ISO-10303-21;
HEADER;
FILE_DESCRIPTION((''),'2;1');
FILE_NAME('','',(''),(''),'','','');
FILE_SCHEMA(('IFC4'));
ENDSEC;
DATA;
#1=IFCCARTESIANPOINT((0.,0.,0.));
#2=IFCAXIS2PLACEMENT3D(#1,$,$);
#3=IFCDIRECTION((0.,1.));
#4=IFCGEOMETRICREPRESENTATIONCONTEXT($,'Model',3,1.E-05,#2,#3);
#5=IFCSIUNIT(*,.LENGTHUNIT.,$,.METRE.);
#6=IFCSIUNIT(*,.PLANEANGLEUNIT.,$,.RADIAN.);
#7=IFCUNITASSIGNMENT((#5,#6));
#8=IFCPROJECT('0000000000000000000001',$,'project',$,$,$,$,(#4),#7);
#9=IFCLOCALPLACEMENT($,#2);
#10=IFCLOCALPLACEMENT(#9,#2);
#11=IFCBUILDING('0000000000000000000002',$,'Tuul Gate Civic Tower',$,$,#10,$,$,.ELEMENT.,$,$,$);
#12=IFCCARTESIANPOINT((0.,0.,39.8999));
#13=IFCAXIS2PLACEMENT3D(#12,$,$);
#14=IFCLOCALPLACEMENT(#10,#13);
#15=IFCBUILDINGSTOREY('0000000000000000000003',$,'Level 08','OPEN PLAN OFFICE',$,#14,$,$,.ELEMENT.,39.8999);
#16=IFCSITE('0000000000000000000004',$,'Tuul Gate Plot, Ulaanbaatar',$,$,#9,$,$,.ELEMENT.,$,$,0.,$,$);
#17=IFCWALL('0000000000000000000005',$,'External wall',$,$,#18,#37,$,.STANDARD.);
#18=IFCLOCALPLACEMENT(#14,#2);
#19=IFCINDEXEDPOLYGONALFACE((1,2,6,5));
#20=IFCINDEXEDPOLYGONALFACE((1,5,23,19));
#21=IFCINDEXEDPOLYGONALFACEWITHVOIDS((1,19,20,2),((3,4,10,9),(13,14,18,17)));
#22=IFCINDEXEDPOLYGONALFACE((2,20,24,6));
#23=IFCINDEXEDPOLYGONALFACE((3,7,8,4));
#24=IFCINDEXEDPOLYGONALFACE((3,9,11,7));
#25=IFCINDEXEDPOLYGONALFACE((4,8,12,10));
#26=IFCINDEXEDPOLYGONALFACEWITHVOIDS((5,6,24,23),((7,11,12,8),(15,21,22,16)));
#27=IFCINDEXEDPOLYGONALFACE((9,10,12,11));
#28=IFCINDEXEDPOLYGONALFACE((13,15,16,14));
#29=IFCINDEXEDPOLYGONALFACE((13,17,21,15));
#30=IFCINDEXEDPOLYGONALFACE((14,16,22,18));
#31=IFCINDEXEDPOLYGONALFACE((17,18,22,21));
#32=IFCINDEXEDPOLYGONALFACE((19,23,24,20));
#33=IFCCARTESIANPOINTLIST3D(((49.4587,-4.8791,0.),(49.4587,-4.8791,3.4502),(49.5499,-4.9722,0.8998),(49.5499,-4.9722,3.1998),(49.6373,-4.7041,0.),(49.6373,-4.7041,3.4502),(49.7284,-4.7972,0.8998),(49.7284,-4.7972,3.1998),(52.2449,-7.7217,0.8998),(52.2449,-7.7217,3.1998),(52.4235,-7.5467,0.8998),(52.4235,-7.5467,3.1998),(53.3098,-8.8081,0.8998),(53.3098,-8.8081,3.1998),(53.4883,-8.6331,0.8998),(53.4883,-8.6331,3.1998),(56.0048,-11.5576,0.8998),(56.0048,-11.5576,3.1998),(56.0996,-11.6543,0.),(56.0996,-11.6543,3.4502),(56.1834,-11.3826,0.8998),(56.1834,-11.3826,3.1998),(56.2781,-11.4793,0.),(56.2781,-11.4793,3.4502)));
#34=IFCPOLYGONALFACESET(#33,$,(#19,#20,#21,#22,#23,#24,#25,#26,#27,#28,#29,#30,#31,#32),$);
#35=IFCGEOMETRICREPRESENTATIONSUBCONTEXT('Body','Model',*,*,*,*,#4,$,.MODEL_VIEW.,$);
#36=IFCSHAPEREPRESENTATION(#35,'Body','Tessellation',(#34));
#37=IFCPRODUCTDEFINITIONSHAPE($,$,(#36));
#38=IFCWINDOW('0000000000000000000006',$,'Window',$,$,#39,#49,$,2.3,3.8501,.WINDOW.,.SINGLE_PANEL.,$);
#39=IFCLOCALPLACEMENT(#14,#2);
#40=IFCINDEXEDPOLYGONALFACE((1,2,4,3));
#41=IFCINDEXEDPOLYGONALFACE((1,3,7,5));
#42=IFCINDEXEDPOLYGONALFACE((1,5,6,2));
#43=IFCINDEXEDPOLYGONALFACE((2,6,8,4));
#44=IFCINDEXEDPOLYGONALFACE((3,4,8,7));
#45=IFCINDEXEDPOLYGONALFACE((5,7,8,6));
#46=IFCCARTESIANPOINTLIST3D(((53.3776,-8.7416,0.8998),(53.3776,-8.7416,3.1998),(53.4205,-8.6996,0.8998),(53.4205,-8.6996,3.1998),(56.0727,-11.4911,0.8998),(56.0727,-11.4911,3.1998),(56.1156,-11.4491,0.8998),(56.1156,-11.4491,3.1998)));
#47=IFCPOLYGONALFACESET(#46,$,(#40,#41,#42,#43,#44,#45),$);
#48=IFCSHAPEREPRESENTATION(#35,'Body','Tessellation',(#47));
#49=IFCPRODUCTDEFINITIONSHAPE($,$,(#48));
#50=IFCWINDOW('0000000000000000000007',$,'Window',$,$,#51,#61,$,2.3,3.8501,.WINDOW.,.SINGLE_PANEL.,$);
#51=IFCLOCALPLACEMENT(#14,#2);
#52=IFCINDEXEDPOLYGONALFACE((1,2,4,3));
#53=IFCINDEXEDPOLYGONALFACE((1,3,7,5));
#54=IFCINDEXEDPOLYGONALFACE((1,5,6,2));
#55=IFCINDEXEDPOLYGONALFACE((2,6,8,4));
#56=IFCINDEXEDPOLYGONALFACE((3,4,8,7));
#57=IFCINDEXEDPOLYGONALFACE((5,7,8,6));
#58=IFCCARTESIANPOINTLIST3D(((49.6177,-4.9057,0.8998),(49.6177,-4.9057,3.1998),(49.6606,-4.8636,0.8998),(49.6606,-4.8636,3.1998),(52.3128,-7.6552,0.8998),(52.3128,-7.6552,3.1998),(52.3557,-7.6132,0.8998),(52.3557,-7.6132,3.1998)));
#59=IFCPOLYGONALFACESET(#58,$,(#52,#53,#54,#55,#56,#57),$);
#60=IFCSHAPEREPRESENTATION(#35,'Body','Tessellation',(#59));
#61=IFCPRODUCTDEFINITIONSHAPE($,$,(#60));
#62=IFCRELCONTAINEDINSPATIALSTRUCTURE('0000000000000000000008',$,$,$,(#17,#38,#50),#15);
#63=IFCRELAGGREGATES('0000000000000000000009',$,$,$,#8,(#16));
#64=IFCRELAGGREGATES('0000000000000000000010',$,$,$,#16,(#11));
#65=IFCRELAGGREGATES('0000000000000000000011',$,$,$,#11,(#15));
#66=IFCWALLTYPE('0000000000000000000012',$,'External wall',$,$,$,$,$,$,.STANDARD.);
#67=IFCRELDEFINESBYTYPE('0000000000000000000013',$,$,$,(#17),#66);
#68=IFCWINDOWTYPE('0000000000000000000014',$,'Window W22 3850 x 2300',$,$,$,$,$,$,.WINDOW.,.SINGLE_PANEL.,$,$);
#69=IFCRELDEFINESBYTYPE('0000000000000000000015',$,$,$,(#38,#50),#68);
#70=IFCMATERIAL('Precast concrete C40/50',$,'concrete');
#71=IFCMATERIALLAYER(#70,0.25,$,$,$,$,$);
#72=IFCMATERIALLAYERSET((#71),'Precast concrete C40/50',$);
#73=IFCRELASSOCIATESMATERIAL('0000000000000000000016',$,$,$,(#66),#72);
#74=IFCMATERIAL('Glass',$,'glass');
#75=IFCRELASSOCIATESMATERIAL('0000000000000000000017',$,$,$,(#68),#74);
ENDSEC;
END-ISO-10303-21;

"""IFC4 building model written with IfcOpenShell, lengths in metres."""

from ifc_helpers import new_model, si_unit, direction, frame, frame_2d, origin, place, context, subcontext, project, spatial, rectangle, extrude, material, layer, layer_set, type_object, element, fill, save


model = new_model("IFC4")

# Units and contexts
model_context = context("Model", 3, precision=1e-05, world=origin(), true_north=direction((0.0, 1.0)))
body_context = subcontext(model_context, "Body", "Model", "MODEL_VIEW")
ifc_project = project(units=[si_unit("LENGTHUNIT", "METRE"), si_unit("PLANEANGLEUNIT", "RADIAN")], contexts=[model_context])

# Site, building, storey
site_placement = place(None, origin())
site = spatial("IfcSite", under=ifc_project, at=site_placement, Name="Tuul Gate Plot, Ulaanbaatar", CompositionType="ELEMENT", RefElevation=0.0)
building_placement = place(site_placement, origin())
building = spatial("IfcBuilding", under=site, at=building_placement, Name="Tuul Gate Civic Tower", CompositionType="ELEMENT")
storey_placement = place(building_placement, frame((0.0, 0.0, 39.8999)))
storey = spatial("IfcBuildingStorey", under=building, at=storey_placement, Name="Level 08", Description="OPEN PLAN OFFICE", CompositionType="ELEMENT", Elevation=39.8999)

# Wall, openings, windows
ifc_material_1 = material(Name="Precast concrete C40/50", Category="concrete")
ifc_layer_1 = layer(ifc_material_1, 0.25)
ifc_layer_set_1 = layer_set([ifc_layer_1], Name="Precast concrete C40/50")
wall_type_1 = type_object("IfcWallType", Name="External wall", PredefinedType="STANDARD", material=ifc_layer_set_1)
wall_1_placement = place(storey_placement, frame((56.189, -11.5669, 0.0), z_axis=(0.0, 0.0, 1.0), x_axis=(-0.699994, 0.714148, 0.0)))
wall_1 = element("IfcWall", 1, at=wall_1_placement, inside=storey, type_object=wall_type_1, Name="External wall", PredefinedType="STANDARD", context=body_context, shape_type="SweptSolid", body=[
    extrude(rectangle(XDim=9.4871, YDim=0.25, at=frame_2d((4.7437, 0.0))), origin(), (0.0, 0.0, 1.0), 3.4502),
])
opening_1_placement = place(wall_1_placement, frame((0.1355, 0.0, 0.8999)))
opening_1 = element("IfcOpeningElement", 2, at=opening_1_placement, cuts=wall_1, PredefinedType="OPENING", context=body_context, shape_type="SweptSolid", body=[
    extrude(rectangle(XDim=3.8501, YDim=2.3, at=frame_2d((1.925, 1.1499))), frame((0.0, 0.135, 0.0), z_axis=(0.0, -1.0, 0.0), x_axis=(1.0, 0.0, 0.0)), (0.0, 0.0, 1.0), 0.27),
])
opening_2_placement = place(wall_1_placement, frame((5.5068, 0.0, 0.8999)))
opening_2 = element("IfcOpeningElement", 3, at=opening_2_placement, cuts=wall_1, PredefinedType="OPENING", context=body_context, shape_type="SweptSolid", body=[
    extrude(rectangle(XDim=3.8501, YDim=2.3, at=frame_2d((1.925, 1.1499))), frame((0.0, 0.135, 0.0), z_axis=(0.0, -1.0, 0.0), x_axis=(1.0, 0.0, 0.0)), (0.0, 0.0, 1.0), 0.27),
])
ifc_material_2 = material(Name="Glass", Category="glass")
window_type = type_object("IfcWindowType", Name="Window W22 3850 x 2300", PartitioningType="SINGLE_PANEL", PredefinedType="WINDOW", material=ifc_material_2)
window_1_placement = place(opening_1_placement, origin())
window_1 = element("IfcWindow", 4, at=window_1_placement, inside=storey, type_object=window_type, Name="Window", OverallHeight=2.3, OverallWidth=3.8501, PartitioningType="SINGLE_PANEL", PredefinedType="WINDOW", context=body_context, shape_type="SweptSolid", body=[
    extrude(rectangle(XDim=3.8501, YDim=2.3, at=frame_2d((1.925, 1.1499))), frame((0.0, 0.03, 0.0), z_axis=(0.0, -1.0, 0.0), x_axis=(1.0, 0.0, 0.0)), (0.0, 0.0, 1.0), 0.0601),
])
fill(opening_1, window_1)
window_2_placement = place(opening_2_placement, origin())
window_2 = element("IfcWindow", 5, at=window_2_placement, inside=storey, type_object=window_type, Name="Window", OverallHeight=2.3, OverallWidth=3.8501, PartitioningType="SINGLE_PANEL", PredefinedType="WINDOW", context=body_context, shape_type="SweptSolid", body=[
    extrude(rectangle(XDim=3.8501, YDim=2.3, at=frame_2d((1.925, 1.1499))), frame((0.0, 0.03, 0.0), z_axis=(0.0, -1.0, 0.0), x_axis=(1.0, 0.0, 0.0)), (0.0, 0.0, 1.0), 0.0601),
])
fill(opening_2, window_2)

save(model, "model.ifc")
